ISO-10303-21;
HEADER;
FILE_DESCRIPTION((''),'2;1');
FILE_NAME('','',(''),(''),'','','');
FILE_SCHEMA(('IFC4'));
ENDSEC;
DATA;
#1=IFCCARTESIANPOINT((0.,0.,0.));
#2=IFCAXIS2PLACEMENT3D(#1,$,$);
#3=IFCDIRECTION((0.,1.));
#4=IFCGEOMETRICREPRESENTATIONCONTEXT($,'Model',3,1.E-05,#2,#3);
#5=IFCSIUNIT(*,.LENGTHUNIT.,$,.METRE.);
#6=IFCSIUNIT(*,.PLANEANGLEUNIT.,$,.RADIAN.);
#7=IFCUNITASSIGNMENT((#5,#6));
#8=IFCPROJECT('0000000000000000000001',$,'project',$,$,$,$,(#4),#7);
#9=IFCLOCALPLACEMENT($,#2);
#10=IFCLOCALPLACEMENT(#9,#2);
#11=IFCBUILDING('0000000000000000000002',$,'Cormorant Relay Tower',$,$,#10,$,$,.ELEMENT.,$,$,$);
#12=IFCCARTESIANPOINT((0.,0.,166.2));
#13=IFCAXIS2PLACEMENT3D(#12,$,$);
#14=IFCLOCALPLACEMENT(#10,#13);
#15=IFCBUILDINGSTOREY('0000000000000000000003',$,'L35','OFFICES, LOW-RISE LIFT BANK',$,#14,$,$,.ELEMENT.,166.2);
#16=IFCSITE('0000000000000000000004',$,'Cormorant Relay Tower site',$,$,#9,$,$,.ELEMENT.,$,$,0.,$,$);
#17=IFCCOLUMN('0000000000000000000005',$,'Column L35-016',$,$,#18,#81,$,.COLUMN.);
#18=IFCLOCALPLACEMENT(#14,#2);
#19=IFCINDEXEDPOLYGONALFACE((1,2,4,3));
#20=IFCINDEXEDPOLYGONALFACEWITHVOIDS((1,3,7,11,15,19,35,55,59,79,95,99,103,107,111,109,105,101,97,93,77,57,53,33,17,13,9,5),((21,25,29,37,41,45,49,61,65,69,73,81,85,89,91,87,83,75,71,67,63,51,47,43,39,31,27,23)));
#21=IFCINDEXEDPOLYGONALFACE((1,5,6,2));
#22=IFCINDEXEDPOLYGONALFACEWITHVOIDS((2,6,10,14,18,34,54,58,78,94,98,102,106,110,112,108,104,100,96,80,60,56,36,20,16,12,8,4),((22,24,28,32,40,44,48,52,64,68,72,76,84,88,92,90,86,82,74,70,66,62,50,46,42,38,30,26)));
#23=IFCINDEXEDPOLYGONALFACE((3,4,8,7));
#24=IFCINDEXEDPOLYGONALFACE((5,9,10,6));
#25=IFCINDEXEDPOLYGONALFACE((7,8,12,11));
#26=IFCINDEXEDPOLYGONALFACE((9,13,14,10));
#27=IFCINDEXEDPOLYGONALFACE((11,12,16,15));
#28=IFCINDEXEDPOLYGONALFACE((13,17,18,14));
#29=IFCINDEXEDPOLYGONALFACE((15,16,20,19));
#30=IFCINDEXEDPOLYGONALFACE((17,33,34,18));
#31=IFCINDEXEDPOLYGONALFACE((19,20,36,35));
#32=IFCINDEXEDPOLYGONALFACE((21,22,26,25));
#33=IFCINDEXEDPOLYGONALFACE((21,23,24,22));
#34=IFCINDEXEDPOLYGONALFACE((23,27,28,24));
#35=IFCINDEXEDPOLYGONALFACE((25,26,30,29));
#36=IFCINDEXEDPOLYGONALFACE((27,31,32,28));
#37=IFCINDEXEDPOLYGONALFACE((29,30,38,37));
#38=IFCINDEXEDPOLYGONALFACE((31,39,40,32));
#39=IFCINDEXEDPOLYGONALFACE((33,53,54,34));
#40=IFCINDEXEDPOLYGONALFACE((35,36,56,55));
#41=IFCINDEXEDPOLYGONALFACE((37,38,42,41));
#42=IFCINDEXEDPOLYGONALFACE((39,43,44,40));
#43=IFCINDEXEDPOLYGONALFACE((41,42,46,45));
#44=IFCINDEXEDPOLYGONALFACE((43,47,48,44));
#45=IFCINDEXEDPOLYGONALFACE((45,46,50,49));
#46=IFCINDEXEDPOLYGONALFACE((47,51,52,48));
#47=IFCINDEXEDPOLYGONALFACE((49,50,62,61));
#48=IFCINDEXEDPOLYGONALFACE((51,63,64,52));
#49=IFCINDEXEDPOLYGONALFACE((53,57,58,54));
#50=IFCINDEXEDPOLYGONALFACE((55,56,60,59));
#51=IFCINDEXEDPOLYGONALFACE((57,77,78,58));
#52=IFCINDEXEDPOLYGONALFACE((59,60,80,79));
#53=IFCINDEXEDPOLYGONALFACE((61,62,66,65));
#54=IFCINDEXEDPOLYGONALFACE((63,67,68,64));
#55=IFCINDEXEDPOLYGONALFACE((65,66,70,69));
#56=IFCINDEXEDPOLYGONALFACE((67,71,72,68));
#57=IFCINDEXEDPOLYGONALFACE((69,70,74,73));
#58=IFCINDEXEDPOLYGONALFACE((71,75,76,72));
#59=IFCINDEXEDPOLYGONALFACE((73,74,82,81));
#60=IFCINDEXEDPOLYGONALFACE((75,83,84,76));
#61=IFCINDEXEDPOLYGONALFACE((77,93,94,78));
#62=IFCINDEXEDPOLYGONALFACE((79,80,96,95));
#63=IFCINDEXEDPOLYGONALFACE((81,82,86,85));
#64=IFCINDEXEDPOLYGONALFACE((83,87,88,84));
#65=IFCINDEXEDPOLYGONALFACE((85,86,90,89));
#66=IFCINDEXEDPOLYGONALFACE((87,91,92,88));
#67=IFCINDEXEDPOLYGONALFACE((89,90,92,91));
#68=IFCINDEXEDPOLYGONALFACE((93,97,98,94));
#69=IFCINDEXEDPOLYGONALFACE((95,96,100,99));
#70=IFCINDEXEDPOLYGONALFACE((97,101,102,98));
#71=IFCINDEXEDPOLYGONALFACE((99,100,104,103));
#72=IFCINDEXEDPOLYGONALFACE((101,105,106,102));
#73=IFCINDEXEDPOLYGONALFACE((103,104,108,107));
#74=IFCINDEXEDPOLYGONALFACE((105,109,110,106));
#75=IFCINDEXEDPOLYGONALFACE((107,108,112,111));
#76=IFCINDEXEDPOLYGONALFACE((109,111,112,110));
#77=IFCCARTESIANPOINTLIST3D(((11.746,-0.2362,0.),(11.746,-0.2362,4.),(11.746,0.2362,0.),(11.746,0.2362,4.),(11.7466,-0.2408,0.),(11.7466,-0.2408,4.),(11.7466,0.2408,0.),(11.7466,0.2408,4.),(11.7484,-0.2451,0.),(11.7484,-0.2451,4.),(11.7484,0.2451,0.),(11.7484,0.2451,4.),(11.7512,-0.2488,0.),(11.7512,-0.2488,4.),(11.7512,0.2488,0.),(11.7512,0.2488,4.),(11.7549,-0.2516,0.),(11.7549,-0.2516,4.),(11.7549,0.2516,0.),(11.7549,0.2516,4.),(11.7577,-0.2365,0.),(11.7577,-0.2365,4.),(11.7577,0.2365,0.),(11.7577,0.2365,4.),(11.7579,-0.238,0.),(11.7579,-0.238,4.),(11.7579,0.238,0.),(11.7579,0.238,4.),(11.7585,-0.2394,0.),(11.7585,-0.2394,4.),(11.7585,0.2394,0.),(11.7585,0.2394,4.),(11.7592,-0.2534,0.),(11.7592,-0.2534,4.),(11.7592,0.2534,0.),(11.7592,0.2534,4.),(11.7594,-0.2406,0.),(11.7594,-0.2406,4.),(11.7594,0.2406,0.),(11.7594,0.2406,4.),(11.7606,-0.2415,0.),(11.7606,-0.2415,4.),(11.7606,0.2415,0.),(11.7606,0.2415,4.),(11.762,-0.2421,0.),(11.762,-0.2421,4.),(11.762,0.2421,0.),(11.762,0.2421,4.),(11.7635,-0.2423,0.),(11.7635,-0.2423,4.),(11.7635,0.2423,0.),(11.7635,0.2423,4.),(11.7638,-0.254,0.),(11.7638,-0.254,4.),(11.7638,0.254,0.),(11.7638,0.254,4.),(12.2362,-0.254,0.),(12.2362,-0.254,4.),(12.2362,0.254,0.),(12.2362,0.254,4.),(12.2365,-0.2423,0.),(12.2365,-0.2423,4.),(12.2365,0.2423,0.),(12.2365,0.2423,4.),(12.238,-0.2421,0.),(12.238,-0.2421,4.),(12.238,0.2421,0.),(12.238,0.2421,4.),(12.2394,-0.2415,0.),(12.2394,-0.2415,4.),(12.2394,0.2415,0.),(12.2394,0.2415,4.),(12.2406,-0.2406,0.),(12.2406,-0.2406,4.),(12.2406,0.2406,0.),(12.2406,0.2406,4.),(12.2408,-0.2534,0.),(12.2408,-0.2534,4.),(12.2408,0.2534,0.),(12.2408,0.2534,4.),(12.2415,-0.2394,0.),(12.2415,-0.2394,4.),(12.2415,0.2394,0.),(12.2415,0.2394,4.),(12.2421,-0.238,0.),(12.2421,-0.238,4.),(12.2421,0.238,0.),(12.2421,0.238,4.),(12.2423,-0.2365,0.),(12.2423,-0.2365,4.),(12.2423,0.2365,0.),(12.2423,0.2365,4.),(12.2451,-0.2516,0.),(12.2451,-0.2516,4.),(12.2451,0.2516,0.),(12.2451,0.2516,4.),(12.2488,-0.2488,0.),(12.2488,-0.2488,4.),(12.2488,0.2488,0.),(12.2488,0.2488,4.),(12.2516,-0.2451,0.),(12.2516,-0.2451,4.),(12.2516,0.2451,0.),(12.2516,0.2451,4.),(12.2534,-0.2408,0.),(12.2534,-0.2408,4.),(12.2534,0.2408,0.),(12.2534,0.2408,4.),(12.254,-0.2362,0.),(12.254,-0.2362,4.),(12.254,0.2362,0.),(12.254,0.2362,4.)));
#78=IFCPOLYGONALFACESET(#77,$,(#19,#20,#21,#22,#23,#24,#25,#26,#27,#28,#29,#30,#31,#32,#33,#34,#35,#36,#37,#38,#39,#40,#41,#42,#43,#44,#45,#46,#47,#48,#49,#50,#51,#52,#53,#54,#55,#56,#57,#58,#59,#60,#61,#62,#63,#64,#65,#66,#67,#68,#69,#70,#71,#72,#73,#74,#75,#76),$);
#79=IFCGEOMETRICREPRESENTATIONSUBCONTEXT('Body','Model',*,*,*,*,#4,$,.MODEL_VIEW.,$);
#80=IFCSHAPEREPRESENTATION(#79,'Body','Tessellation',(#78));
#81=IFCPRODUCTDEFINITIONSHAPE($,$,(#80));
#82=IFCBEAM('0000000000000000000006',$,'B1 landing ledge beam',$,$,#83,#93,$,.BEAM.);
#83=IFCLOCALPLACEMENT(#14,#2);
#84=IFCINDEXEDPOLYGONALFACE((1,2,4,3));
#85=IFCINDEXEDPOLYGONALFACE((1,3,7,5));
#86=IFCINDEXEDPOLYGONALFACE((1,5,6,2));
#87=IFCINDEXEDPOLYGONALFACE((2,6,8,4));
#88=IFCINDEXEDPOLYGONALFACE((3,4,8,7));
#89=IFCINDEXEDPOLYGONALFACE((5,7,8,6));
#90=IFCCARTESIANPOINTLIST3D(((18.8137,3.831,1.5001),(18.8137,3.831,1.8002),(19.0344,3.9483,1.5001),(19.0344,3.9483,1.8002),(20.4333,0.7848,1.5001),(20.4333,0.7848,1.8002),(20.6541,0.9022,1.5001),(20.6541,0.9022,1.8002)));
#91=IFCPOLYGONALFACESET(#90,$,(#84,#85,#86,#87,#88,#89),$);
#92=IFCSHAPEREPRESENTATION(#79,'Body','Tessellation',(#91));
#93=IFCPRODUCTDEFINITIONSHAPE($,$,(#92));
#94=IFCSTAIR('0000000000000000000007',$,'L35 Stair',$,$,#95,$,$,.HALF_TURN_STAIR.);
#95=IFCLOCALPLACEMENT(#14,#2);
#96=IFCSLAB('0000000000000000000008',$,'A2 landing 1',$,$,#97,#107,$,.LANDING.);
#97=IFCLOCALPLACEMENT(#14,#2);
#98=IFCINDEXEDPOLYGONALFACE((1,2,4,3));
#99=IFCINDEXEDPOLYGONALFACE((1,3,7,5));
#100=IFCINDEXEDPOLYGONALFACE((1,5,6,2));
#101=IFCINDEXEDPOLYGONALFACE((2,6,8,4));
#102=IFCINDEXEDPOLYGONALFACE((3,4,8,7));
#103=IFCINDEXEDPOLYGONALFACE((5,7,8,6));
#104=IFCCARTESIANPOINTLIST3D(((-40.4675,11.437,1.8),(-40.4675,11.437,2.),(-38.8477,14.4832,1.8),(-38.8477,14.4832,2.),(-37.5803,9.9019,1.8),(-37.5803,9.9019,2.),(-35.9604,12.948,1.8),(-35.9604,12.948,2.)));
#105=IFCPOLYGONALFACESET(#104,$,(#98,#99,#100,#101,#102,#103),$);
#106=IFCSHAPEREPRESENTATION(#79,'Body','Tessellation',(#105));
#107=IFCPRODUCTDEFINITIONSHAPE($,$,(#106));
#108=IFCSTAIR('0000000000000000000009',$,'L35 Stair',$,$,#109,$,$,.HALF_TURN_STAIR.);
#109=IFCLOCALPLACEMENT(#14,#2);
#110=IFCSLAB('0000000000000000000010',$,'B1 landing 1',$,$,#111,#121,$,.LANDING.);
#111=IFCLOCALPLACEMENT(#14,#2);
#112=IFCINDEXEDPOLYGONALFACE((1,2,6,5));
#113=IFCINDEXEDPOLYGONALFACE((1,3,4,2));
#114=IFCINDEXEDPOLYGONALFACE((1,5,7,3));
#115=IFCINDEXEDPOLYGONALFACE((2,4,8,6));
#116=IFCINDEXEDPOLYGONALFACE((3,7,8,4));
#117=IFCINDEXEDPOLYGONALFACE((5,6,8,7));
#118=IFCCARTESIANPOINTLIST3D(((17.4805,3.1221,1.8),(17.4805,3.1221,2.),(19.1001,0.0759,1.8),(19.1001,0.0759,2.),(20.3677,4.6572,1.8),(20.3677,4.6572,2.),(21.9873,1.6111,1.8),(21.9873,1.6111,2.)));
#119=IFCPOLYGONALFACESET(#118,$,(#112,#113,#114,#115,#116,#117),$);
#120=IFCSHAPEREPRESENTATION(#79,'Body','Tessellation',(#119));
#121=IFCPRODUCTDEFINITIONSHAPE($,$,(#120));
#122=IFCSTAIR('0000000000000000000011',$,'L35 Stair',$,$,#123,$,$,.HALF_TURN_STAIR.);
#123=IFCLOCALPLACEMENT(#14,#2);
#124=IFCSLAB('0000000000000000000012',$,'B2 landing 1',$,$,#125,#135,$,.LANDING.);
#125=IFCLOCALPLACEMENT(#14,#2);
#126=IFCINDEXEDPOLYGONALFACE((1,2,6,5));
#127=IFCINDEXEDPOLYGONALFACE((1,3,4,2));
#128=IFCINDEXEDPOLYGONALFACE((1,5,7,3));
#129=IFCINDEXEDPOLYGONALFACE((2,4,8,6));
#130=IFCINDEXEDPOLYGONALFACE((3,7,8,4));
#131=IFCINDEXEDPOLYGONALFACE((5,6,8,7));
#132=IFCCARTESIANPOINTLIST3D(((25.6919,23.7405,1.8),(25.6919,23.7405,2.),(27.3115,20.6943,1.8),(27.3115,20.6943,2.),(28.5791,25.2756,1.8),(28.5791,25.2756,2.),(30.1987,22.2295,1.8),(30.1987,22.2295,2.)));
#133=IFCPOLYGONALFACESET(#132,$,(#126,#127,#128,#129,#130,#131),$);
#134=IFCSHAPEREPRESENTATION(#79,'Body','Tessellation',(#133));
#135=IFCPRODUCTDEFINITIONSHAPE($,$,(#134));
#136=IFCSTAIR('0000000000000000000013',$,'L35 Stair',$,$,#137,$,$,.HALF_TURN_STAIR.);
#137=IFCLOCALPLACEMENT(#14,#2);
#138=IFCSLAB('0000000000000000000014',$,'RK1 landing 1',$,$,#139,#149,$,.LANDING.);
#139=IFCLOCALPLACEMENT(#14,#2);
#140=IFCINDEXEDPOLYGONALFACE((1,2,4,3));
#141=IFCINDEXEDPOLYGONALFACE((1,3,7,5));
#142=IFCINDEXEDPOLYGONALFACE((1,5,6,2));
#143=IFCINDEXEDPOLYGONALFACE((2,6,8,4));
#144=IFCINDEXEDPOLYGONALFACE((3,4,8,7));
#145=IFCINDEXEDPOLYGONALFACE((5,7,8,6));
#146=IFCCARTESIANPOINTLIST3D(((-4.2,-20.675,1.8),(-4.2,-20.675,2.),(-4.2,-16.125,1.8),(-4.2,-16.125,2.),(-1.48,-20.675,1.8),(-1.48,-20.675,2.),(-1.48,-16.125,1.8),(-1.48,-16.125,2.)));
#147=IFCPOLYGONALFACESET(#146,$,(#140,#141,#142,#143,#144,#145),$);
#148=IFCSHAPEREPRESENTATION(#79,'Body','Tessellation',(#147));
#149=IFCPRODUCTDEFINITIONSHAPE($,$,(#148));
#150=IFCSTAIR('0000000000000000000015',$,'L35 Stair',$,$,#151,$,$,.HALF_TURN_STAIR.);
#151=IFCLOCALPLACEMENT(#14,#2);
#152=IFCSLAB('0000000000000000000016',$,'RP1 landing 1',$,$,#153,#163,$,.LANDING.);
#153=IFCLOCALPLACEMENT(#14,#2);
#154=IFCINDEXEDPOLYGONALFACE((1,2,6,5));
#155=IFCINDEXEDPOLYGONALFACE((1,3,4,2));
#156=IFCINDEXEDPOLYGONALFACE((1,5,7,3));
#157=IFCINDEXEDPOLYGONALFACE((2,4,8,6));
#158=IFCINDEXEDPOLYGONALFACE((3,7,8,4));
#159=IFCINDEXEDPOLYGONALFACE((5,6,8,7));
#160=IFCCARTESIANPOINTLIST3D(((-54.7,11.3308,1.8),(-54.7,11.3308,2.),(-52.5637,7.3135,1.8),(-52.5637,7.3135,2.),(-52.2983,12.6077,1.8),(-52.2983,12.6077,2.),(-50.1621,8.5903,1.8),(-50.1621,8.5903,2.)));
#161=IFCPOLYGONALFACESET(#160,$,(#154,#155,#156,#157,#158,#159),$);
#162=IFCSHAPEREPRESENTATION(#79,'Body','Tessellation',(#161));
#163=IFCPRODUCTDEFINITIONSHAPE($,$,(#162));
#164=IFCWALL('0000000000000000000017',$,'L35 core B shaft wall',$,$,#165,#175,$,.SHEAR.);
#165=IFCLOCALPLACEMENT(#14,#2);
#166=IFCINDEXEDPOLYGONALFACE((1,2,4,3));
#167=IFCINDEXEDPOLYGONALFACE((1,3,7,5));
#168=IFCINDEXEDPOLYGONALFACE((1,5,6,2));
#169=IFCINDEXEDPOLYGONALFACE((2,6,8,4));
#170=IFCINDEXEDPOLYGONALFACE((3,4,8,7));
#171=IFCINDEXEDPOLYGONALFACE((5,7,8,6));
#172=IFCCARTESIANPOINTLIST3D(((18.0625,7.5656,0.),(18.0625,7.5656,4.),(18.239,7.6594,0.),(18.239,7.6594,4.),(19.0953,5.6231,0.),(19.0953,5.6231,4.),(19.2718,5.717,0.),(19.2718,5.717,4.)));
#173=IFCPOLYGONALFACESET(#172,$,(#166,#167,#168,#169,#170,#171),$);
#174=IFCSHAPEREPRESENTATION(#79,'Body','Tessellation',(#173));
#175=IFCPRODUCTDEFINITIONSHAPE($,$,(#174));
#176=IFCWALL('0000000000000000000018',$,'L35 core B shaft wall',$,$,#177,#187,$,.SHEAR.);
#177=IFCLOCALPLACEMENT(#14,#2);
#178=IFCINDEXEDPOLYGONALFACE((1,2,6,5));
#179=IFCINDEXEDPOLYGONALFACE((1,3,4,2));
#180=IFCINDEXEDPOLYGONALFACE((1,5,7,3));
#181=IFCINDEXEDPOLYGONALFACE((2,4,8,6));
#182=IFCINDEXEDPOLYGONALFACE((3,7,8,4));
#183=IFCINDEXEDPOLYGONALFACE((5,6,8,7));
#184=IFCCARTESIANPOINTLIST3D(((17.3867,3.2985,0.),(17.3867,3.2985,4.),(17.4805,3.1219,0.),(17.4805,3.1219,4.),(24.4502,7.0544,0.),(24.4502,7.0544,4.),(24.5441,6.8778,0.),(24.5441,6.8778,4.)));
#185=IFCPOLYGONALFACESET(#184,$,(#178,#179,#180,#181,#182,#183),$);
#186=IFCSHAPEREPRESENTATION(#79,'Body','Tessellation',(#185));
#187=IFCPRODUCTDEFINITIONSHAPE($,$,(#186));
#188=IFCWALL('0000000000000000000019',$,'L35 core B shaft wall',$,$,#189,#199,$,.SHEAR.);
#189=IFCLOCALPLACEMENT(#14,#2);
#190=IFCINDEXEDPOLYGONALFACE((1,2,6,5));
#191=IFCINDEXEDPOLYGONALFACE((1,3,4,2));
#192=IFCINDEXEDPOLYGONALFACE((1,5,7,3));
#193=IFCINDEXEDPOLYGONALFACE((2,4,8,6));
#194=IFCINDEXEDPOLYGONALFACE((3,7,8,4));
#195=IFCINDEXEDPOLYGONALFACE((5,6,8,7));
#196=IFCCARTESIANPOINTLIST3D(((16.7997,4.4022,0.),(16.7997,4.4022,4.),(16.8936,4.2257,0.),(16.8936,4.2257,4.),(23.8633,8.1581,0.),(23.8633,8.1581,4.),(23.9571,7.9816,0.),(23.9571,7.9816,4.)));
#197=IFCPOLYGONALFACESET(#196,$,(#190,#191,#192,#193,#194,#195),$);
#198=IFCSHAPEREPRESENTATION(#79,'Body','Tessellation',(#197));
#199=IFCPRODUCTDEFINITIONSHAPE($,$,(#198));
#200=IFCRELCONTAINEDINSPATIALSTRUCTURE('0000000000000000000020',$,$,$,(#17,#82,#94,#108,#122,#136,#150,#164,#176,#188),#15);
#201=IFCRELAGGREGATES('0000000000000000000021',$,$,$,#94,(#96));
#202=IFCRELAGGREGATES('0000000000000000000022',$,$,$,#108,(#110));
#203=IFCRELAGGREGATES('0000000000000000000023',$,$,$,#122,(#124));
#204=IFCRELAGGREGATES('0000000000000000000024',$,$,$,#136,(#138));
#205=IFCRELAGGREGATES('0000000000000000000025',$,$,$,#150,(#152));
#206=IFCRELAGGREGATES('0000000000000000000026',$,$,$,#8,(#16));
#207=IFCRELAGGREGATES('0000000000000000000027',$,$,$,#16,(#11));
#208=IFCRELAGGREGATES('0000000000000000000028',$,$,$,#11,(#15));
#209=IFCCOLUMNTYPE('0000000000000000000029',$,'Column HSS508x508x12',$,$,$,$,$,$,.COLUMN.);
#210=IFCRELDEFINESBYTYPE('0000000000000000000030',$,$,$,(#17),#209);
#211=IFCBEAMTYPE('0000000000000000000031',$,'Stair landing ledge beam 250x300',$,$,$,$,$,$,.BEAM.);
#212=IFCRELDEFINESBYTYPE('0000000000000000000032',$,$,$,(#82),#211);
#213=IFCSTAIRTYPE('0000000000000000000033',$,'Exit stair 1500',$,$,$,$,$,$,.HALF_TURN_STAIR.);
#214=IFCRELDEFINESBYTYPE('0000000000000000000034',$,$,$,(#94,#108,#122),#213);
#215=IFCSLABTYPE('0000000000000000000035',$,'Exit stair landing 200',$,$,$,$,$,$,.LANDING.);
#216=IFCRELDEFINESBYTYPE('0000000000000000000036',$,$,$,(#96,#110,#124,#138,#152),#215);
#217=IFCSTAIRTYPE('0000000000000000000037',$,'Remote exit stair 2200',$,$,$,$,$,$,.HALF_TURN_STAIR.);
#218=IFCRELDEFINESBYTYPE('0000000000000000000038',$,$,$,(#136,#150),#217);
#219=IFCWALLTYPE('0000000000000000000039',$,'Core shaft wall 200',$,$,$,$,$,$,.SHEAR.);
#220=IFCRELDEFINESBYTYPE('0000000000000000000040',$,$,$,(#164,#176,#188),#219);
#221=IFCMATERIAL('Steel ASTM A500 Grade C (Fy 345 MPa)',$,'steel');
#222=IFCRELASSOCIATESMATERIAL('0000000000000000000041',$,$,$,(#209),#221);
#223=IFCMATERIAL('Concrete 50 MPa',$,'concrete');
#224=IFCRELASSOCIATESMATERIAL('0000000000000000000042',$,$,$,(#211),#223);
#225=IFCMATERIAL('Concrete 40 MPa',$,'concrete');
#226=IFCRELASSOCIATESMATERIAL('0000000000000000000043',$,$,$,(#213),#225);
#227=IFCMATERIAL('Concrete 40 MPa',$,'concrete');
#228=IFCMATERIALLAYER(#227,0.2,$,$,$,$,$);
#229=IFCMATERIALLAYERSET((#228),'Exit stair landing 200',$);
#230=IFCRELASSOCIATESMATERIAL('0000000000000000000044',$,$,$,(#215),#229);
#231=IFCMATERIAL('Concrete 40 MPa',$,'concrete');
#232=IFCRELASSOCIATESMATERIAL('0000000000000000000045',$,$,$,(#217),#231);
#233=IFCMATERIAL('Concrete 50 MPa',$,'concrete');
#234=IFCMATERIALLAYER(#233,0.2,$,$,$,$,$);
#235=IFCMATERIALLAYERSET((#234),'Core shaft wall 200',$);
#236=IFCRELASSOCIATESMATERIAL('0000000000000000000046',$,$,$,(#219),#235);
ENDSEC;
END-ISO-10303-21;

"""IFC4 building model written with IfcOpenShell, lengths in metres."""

from ifc_helpers import new_model, si_unit, direction, frame, frame_2d, origin, origin_2d, place, context, subcontext, project, spatial, polyline, rectangle, hollow_rectangle, outline, extrude, material, layer, layer_set, material_profile, profile_set, type_object, element, aggregate, save


model = new_model("IFC4")

# Units and contexts
model_context = context("Model", 3, precision=1e-05, world=origin(), true_north=direction((0.0, 1.0)))
body_context = subcontext(model_context, "Body", "Model", "MODEL_VIEW")
ifc_project = project(units=[si_unit("LENGTHUNIT", "METRE"), si_unit("PLANEANGLEUNIT", "RADIAN")], contexts=[model_context])

# Site, building, storey
site_placement = place(None, origin())
site = spatial("IfcSite", under=ifc_project, at=site_placement, Name="Cormorant Relay Tower site", CompositionType="ELEMENT", RefElevation=0.0)
building_placement = place(site_placement, origin())
building = spatial("IfcBuilding", under=site, at=building_placement, Name="Cormorant Relay Tower", CompositionType="ELEMENT")
storey_placement = place(building_placement, frame((0.0, 0.0, 166.2)))
storey = spatial("IfcBuildingStorey", under=building, at=storey_placement, Name="L35", Description="OFFICES, LOW-RISE LIFT BANK", CompositionType="ELEMENT", Elevation=166.2)

# Column
ifc_material_1 = material(Name="Steel ASTM A500 Grade C (Fy 345 MPa)", Category="steel")
ifc_material_profile_1 = material_profile(ifc_material_1, hollow_rectangle(XDim=0.5081, YDim=0.5081, WallThickness=0.0117, InnerFilletRadius=0.0059, OuterFilletRadius=0.0178, at=origin_2d()), Name="HSS508x508x12")
ifc_profile_set_1 = profile_set([ifc_material_profile_1], Name="Steel ASTM A500 Grade C (Fy 345 MPa)")
column_type = type_object("IfcColumnType", Name="Column HSS508x508x12", PredefinedType="COLUMN", material=ifc_profile_set_1)
column_placement = place(storey_placement, frame((12.0, 0.0, 0.0), z_axis=(0.0, 0.0, 1.0), x_axis=(1.0, 0.0, 0.0)))
element("IfcColumn", 1, at=column_placement, inside=storey, type_object=column_type, Name="Column L35-016", PredefinedType="COLUMN", context=body_context, shape_type="SweptSolid", body=[
    extrude(hollow_rectangle(XDim=0.5081, YDim=0.5081, WallThickness=0.0117, InnerFilletRadius=0.0059, OuterFilletRadius=0.0178, at=origin_2d()), origin(), (0.0, 0.0, 1.0), 4.0),
])

# Beam
ifc_material_2 = material(Name="Concrete 50 MPa", Category="concrete")
ifc_material_profile_2 = material_profile(ifc_material_2, rectangle(XDim=0.25, YDim=0.3, at=origin_2d()), Name="RC 250x300")
ifc_profile_set_2 = profile_set([ifc_material_profile_2], Name="Concrete 50 MPa")
beam_type = type_object("IfcBeamType", Name="Stair landing ledge beam 250x300", PredefinedType="BEAM", material=ifc_profile_set_2)
beam_placement = place(storey_placement, frame((18.9241, 3.8896, 1.6501), z_axis=(0.469464, -0.882952, 0.0), x_axis=(0.882952, 0.469464, 0.0)))
element("IfcBeam", 2, at=beam_placement, inside=storey, type_object=beam_type, Name="B1 landing ledge beam", PredefinedType="BEAM", context=body_context, shape_type="SweptSolid", body=[
    extrude(rectangle(XDim=0.25, YDim=0.3, at=origin_2d()), origin(), (0.0, 0.0, 1.0), 3.45),
])

# Stairs, slabs
ifc_material_3 = material(Name="Concrete 40 MPa", Category="concrete")
stair_type_1 = type_object("IfcStairType", Name="Exit stair 1500", PredefinedType="HALF_TURN_STAIR", material=ifc_material_3)
stair_1_placement = place(storey_placement, origin())
stair_1 = element("IfcStair", 3, at=stair_1_placement, inside=storey, type_object=stair_type_1, Name="L35 Stair", PredefinedType="HALF_TURN_STAIR")
ifc_material_4 = material(Name="Concrete 40 MPa", Category="concrete")
ifc_layer_1 = layer(ifc_material_4, 0.2)
ifc_layer_set_1 = layer_set([ifc_layer_1], Name="Exit stair landing 200")
slab_type = type_object("IfcSlabType", Name="Exit stair landing 200", PredefinedType="LANDING", material=ifc_layer_set_1)
slab_1_placement = place(storey_placement, frame((0.0, 0.0, 1.8)))
slab_1 = element("IfcSlab", 4, at=slab_1_placement, type_object=slab_type, Name="A2 landing 1", PredefinedType="LANDING", context=body_context, shape_type="SweptSolid", body=[
    extrude(outline(polyline([(-35.9604, 12.948), (-38.8477, 14.4832), (-40.4675, 11.437), (-37.5803, 9.9019), (-35.9604, 12.948)])), origin(), (0.0, 0.0, 1.0), 0.2),
])
aggregate(stair_1, [slab_1])
stair_2_placement = place(storey_placement, origin())
stair_2 = element("IfcStair", 5, at=stair_2_placement, inside=storey, type_object=stair_type_1, Name="L35 Stair", PredefinedType="HALF_TURN_STAIR")
slab_2_placement = place(storey_placement, frame((0.0, 0.0, 1.8)))
slab_2 = element("IfcSlab", 6, at=slab_2_placement, type_object=slab_type, Name="B1 landing 1", PredefinedType="LANDING", context=body_context, shape_type="SweptSolid", body=[
    extrude(outline(polyline([(20.3677, 4.6572), (17.4805, 3.1221), (19.1001, 0.0759), (21.9873, 1.6111), (20.3677, 4.6572)])), origin(), (0.0, 0.0, 1.0), 0.2),
])
aggregate(stair_2, [slab_2])
stair_3_placement = place(storey_placement, origin())
stair_3 = element("IfcStair", 7, at=stair_3_placement, inside=storey, type_object=stair_type_1, Name="L35 Stair", PredefinedType="HALF_TURN_STAIR")
slab_3_placement = place(storey_placement, frame((0.0, 0.0, 1.8)))
slab_3 = element("IfcSlab", 8, at=slab_3_placement, type_object=slab_type, Name="B2 landing 1", PredefinedType="LANDING", context=body_context, shape_type="SweptSolid", body=[
    extrude(outline(polyline([(27.3115, 20.6943), (30.1987, 22.2295), (28.5791, 25.2756), (25.6919, 23.7405), (27.3115, 20.6943)])), origin(), (0.0, 0.0, 1.0), 0.2),
])
aggregate(stair_3, [slab_3])
ifc_material_5 = material(Name="Concrete 40 MPa", Category="concrete")
stair_type_2 = type_object("IfcStairType", Name="Remote exit stair 2200", PredefinedType="HALF_TURN_STAIR", material=ifc_material_5)
stair_4_placement = place(storey_placement, origin())
stair_4 = element("IfcStair", 9, at=stair_4_placement, inside=storey, type_object=stair_type_2, Name="L35 Stair", PredefinedType="HALF_TURN_STAIR")
slab_4_placement = place(storey_placement, frame((0.0, 0.0, 1.8)))
slab_4 = element("IfcSlab", 10, at=slab_4_placement, type_object=slab_type, Name="RK1 landing 1", PredefinedType="LANDING", context=body_context, shape_type="SweptSolid", body=[
    extrude(outline(polyline([(-1.48, -16.125), (-4.2, -16.125), (-4.2, -20.675), (-1.48, -20.675), (-1.48, -16.125)])), origin(), (0.0, 0.0, 1.0), 0.2),
])
aggregate(stair_4, [slab_4])
stair_5_placement = place(storey_placement, origin())
stair_5 = element("IfcStair", 11, at=stair_5_placement, inside=storey, type_object=stair_type_2, Name="L35 Stair", PredefinedType="HALF_TURN_STAIR")
slab_5_placement = place(storey_placement, frame((0.0, 0.0, 1.8)))
slab_5 = element("IfcSlab", 12, at=slab_5_placement, type_object=slab_type, Name="RP1 landing 1", PredefinedType="LANDING", context=body_context, shape_type="SweptSolid", body=[
    extrude(outline(polyline([(-52.2983, 12.6077), (-54.7, 11.3308), (-52.5637, 7.3135), (-50.1621, 8.5903), (-52.2983, 12.6077)])), origin(), (0.0, 0.0, 1.0), 0.2),
])
aggregate(stair_5, [slab_5])

# Walls
ifc_material_6 = material(Name="Concrete 50 MPa", Category="concrete")
ifc_layer_2 = layer(ifc_material_6, 0.2)
ifc_layer_set_2 = layer_set([ifc_layer_2], Name="Core shaft wall 200")
wall_type = type_object("IfcWallType", Name="Core shaft wall 200", PredefinedType="SHEAR", material=ifc_layer_set_2)
wall_1_placement = place(storey_placement, frame((19.1836, 5.6699, 0.0), z_axis=(0.0, 0.0, 1.0), x_axis=(-0.469447, 0.88296, 0.0)))
element("IfcWall", 13, at=wall_1_placement, inside=storey, type_object=wall_type, Name="L35 core B shaft wall", PredefinedType="SHEAR", context=body_context, shape_type="SweptSolid", body=[
    extrude(rectangle(XDim=2.2, YDim=0.2, at=frame_2d((1.1001, 0.0))), origin(), (0.0, 0.0, 1.0), 4.0),
])
for number, where, z_axis, x_axis, name in (
    (14, (17.4336, 3.2102, 0.0), (0.0, 0.0, 1.0), (0.88294, 0.469485, 0.0), "L35 core B shaft wall"),
    (15, (16.8467, 4.314, 0.0), (0.0, 0.0, 1.0), (0.88294, 0.469485, 0.0), "L35 core B shaft wall"),
):
    element("IfcWall", number, at=place(storey_placement, frame(where, z_axis=z_axis, x_axis=x_axis)), inside=storey, type_object=wall_type, Name=name, PredefinedType="SHEAR", context=body_context, shape_type="SweptSolid", body=[
        extrude(rectangle(XDim=8.0, YDim=0.2, at=frame_2d((4.0, 0.0))), origin(), (0.0, 0.0, 1.0), 4.0),
    ])

save(model, "model.ifc")
